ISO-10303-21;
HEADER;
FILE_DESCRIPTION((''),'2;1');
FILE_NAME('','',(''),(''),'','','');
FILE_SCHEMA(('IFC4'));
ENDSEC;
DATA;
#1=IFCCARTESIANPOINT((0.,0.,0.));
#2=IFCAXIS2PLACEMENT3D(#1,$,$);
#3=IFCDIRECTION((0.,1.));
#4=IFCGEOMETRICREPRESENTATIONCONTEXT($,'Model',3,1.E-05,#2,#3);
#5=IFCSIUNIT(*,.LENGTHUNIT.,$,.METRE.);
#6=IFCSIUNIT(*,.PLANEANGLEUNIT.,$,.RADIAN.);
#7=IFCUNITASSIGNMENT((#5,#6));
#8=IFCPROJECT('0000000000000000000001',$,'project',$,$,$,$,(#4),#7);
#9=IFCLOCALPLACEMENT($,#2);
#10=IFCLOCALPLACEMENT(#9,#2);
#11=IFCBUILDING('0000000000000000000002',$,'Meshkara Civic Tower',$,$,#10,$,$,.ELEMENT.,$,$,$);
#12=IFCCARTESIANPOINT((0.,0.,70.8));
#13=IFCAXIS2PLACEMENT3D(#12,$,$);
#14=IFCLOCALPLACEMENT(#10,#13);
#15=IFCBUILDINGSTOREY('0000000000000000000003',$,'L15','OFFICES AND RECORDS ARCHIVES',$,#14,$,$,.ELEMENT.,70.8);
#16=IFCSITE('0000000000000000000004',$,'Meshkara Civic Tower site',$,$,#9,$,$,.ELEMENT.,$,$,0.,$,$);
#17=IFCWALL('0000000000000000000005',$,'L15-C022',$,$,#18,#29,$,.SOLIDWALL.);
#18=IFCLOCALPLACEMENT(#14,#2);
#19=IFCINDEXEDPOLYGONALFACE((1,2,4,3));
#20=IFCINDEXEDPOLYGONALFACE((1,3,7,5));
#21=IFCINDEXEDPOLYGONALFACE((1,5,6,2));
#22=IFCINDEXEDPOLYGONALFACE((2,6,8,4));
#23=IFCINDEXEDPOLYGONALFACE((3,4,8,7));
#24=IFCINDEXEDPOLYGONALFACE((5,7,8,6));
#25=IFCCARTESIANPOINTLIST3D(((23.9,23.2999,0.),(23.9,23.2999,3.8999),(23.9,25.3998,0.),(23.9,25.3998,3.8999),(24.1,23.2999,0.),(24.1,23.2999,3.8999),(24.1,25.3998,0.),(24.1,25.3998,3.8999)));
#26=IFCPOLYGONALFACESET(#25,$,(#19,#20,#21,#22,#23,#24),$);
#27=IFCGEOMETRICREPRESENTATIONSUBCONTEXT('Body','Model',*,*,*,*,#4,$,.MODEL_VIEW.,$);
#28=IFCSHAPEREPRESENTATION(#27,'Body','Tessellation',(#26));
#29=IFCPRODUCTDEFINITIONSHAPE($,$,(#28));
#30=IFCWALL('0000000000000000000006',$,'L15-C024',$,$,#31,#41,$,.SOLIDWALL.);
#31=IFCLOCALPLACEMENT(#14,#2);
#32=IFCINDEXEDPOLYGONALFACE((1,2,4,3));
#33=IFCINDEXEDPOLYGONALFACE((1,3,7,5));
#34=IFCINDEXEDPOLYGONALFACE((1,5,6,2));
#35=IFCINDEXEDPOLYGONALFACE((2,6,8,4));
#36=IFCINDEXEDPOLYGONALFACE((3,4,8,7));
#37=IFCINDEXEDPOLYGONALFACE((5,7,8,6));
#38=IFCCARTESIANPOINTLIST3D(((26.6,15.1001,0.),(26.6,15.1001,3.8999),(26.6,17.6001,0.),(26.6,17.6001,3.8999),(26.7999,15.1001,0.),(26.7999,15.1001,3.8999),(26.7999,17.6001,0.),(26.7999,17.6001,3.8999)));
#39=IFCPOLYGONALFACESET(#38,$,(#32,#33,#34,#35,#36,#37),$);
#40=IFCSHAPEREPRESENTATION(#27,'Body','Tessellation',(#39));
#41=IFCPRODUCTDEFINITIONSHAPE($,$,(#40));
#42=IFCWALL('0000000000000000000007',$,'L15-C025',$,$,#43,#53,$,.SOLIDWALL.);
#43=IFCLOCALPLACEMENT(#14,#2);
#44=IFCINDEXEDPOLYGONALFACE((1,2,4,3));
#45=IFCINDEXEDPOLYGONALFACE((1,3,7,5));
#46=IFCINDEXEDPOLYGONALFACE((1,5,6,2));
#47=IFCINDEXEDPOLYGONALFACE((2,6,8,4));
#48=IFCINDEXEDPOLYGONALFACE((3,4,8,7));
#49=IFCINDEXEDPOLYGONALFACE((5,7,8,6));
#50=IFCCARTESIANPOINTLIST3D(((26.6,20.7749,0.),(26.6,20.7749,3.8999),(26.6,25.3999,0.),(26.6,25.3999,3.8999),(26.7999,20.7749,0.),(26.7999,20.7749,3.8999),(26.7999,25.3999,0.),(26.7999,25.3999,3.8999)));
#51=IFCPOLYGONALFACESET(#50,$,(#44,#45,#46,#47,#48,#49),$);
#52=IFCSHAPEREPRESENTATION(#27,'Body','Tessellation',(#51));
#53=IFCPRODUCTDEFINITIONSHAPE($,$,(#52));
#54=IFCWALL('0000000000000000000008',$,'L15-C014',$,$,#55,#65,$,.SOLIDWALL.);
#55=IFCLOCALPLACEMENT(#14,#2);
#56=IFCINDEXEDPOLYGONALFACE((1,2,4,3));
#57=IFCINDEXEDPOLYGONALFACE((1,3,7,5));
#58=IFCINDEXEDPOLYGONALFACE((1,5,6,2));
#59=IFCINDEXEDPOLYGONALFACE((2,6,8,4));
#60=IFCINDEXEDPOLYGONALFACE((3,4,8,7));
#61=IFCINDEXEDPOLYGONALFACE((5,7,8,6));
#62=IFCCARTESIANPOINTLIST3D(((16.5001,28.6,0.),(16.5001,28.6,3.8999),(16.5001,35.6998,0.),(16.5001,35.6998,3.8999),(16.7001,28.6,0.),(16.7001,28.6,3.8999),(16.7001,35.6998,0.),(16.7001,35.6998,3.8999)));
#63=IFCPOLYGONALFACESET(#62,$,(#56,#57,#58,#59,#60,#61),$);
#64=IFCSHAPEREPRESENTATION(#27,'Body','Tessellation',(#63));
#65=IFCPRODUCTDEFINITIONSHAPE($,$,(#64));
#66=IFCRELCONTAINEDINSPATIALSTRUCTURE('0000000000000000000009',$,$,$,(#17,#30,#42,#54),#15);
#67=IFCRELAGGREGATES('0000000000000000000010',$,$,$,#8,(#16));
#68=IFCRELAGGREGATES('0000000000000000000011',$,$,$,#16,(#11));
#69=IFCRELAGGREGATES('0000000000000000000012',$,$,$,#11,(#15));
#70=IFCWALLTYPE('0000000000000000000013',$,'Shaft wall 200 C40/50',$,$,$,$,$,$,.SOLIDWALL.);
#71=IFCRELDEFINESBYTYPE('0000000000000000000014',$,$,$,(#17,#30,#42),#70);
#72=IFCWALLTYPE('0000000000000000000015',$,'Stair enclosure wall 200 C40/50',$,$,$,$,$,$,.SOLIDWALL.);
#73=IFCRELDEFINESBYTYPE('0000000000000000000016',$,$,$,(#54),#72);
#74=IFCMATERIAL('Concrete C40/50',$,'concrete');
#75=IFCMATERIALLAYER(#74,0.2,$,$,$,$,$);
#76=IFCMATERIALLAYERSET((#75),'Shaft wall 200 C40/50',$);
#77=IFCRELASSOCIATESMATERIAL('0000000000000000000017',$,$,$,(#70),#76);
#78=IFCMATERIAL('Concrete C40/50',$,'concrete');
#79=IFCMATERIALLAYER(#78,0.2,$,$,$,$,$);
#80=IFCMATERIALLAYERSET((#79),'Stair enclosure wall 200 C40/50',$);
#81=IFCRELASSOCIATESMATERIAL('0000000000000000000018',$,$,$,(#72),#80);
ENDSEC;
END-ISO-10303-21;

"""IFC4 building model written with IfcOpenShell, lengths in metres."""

from ifc_helpers import new_model, si_unit, direction, frame, frame_2d, origin, place, context, subcontext, project, spatial, rectangle, extrude, material, layer, layer_set, type_object, element, save


model = new_model("IFC4")

# Units and contexts
model_context = context("Model", 3, precision=1e-05, world=origin(), true_north=direction((0.0, 1.0)))
body_context = subcontext(model_context, "Body", "Model", "MODEL_VIEW")
ifc_project = project(units=[si_unit("LENGTHUNIT", "METRE"), si_unit("PLANEANGLEUNIT", "RADIAN")], contexts=[model_context])

# Site, building, storey
site_placement = place(None, origin())
site = spatial("IfcSite", under=ifc_project, at=site_placement, Name="Meshkara Civic Tower site", CompositionType="ELEMENT", RefElevation=0.0)
building_placement = place(site_placement, origin())
building = spatial("IfcBuilding", under=site, at=building_placement, Name="Meshkara Civic Tower", CompositionType="ELEMENT")
storey_placement = place(building_placement, frame((0.0, 0.0, 70.8)))
storey = spatial("IfcBuildingStorey", under=building, at=storey_placement, Name="L15", Description="OFFICES AND RECORDS ARCHIVES", CompositionType="ELEMENT", Elevation=70.8)

# Shared definitions
ifc_material_1 = material(Name="Concrete C40/50", Category="concrete")
ifc_layer_1 = layer(ifc_material_1, 0.2)
ifc_layer_set_1 = layer_set([ifc_layer_1], Name="Shaft wall 200 C40/50")
wall_type_1 = type_object("IfcWallType", Name="Shaft wall 200 C40/50", PredefinedType="SOLIDWALL", material=ifc_layer_set_1)

# Walls
wall_1_placement = place(storey_placement, frame((24.0, 23.3, 0.0), z_axis=(0.0, 0.0, 1.0), x_axis=(0.0, 1.0, 0.0)))
element("IfcWall", 1, at=wall_1_placement, inside=storey, type_object=wall_type_1, Name="L15-C022", PredefinedType="SOLIDWALL", context=body_context, shape_type="SweptSolid", body=[
    extrude(rectangle(XDim=2.0999, YDim=0.2, at=frame_2d((1.0498, 0.0))), origin(), (0.0, 0.0, 1.0), 3.8999),
])
wall_2_placement = place(storey_placement, frame((26.7, 15.1001, 0.0), z_axis=(0.0, 0.0, 1.0), x_axis=(0.0, 1.0, 0.0)))
element("IfcWall", 2, at=wall_2_placement, inside=storey, type_object=wall_type_1, Name="L15-C024", PredefinedType="SOLIDWALL", context=body_context, shape_type="SweptSolid", body=[
    extrude(rectangle(XDim=2.5, YDim=0.2, at=frame_2d((1.25, 0.0))), origin(), (0.0, 0.0, 1.0), 3.8999),
])
wall_3_placement = place(storey_placement, frame((26.7, 20.7749, 0.0), z_axis=(0.0, 0.0, 1.0), x_axis=(0.0, 1.0, 0.0)))
element("IfcWall", 3, at=wall_3_placement, inside=storey, type_object=wall_type_1, Name="L15-C025", PredefinedType="SOLIDWALL", context=body_context, shape_type="SweptSolid", body=[
    extrude(rectangle(XDim=4.625, YDim=0.2, at=frame_2d((2.3125, 0.0))), origin(), (0.0, 0.0, 1.0), 3.8999),
])
ifc_material_2 = material(Name="Concrete C40/50", Category="concrete")
ifc_layer_2 = layer(ifc_material_2, 0.2)
ifc_layer_set_2 = layer_set([ifc_layer_2], Name="Stair enclosure wall 200 C40/50")
wall_type_2 = type_object("IfcWallType", Name="Stair enclosure wall 200 C40/50", PredefinedType="SOLIDWALL", material=ifc_layer_set_2)
wall_4_placement = place(storey_placement, frame((16.6001, 28.6001, 0.0), z_axis=(0.0, 0.0, 1.0), x_axis=(0.0, 1.0, 0.0)))
element("IfcWall", 4, at=wall_4_placement, inside=storey, type_object=wall_type_2, Name="L15-C014", PredefinedType="SOLIDWALL", context=body_context, shape_type="SweptSolid", body=[
    extrude(rectangle(XDim=7.0999, YDim=0.2, at=frame_2d((3.5498, 0.0))), origin(), (0.0, 0.0, 1.0), 3.8999),
])

save(model, "model.ifc")
